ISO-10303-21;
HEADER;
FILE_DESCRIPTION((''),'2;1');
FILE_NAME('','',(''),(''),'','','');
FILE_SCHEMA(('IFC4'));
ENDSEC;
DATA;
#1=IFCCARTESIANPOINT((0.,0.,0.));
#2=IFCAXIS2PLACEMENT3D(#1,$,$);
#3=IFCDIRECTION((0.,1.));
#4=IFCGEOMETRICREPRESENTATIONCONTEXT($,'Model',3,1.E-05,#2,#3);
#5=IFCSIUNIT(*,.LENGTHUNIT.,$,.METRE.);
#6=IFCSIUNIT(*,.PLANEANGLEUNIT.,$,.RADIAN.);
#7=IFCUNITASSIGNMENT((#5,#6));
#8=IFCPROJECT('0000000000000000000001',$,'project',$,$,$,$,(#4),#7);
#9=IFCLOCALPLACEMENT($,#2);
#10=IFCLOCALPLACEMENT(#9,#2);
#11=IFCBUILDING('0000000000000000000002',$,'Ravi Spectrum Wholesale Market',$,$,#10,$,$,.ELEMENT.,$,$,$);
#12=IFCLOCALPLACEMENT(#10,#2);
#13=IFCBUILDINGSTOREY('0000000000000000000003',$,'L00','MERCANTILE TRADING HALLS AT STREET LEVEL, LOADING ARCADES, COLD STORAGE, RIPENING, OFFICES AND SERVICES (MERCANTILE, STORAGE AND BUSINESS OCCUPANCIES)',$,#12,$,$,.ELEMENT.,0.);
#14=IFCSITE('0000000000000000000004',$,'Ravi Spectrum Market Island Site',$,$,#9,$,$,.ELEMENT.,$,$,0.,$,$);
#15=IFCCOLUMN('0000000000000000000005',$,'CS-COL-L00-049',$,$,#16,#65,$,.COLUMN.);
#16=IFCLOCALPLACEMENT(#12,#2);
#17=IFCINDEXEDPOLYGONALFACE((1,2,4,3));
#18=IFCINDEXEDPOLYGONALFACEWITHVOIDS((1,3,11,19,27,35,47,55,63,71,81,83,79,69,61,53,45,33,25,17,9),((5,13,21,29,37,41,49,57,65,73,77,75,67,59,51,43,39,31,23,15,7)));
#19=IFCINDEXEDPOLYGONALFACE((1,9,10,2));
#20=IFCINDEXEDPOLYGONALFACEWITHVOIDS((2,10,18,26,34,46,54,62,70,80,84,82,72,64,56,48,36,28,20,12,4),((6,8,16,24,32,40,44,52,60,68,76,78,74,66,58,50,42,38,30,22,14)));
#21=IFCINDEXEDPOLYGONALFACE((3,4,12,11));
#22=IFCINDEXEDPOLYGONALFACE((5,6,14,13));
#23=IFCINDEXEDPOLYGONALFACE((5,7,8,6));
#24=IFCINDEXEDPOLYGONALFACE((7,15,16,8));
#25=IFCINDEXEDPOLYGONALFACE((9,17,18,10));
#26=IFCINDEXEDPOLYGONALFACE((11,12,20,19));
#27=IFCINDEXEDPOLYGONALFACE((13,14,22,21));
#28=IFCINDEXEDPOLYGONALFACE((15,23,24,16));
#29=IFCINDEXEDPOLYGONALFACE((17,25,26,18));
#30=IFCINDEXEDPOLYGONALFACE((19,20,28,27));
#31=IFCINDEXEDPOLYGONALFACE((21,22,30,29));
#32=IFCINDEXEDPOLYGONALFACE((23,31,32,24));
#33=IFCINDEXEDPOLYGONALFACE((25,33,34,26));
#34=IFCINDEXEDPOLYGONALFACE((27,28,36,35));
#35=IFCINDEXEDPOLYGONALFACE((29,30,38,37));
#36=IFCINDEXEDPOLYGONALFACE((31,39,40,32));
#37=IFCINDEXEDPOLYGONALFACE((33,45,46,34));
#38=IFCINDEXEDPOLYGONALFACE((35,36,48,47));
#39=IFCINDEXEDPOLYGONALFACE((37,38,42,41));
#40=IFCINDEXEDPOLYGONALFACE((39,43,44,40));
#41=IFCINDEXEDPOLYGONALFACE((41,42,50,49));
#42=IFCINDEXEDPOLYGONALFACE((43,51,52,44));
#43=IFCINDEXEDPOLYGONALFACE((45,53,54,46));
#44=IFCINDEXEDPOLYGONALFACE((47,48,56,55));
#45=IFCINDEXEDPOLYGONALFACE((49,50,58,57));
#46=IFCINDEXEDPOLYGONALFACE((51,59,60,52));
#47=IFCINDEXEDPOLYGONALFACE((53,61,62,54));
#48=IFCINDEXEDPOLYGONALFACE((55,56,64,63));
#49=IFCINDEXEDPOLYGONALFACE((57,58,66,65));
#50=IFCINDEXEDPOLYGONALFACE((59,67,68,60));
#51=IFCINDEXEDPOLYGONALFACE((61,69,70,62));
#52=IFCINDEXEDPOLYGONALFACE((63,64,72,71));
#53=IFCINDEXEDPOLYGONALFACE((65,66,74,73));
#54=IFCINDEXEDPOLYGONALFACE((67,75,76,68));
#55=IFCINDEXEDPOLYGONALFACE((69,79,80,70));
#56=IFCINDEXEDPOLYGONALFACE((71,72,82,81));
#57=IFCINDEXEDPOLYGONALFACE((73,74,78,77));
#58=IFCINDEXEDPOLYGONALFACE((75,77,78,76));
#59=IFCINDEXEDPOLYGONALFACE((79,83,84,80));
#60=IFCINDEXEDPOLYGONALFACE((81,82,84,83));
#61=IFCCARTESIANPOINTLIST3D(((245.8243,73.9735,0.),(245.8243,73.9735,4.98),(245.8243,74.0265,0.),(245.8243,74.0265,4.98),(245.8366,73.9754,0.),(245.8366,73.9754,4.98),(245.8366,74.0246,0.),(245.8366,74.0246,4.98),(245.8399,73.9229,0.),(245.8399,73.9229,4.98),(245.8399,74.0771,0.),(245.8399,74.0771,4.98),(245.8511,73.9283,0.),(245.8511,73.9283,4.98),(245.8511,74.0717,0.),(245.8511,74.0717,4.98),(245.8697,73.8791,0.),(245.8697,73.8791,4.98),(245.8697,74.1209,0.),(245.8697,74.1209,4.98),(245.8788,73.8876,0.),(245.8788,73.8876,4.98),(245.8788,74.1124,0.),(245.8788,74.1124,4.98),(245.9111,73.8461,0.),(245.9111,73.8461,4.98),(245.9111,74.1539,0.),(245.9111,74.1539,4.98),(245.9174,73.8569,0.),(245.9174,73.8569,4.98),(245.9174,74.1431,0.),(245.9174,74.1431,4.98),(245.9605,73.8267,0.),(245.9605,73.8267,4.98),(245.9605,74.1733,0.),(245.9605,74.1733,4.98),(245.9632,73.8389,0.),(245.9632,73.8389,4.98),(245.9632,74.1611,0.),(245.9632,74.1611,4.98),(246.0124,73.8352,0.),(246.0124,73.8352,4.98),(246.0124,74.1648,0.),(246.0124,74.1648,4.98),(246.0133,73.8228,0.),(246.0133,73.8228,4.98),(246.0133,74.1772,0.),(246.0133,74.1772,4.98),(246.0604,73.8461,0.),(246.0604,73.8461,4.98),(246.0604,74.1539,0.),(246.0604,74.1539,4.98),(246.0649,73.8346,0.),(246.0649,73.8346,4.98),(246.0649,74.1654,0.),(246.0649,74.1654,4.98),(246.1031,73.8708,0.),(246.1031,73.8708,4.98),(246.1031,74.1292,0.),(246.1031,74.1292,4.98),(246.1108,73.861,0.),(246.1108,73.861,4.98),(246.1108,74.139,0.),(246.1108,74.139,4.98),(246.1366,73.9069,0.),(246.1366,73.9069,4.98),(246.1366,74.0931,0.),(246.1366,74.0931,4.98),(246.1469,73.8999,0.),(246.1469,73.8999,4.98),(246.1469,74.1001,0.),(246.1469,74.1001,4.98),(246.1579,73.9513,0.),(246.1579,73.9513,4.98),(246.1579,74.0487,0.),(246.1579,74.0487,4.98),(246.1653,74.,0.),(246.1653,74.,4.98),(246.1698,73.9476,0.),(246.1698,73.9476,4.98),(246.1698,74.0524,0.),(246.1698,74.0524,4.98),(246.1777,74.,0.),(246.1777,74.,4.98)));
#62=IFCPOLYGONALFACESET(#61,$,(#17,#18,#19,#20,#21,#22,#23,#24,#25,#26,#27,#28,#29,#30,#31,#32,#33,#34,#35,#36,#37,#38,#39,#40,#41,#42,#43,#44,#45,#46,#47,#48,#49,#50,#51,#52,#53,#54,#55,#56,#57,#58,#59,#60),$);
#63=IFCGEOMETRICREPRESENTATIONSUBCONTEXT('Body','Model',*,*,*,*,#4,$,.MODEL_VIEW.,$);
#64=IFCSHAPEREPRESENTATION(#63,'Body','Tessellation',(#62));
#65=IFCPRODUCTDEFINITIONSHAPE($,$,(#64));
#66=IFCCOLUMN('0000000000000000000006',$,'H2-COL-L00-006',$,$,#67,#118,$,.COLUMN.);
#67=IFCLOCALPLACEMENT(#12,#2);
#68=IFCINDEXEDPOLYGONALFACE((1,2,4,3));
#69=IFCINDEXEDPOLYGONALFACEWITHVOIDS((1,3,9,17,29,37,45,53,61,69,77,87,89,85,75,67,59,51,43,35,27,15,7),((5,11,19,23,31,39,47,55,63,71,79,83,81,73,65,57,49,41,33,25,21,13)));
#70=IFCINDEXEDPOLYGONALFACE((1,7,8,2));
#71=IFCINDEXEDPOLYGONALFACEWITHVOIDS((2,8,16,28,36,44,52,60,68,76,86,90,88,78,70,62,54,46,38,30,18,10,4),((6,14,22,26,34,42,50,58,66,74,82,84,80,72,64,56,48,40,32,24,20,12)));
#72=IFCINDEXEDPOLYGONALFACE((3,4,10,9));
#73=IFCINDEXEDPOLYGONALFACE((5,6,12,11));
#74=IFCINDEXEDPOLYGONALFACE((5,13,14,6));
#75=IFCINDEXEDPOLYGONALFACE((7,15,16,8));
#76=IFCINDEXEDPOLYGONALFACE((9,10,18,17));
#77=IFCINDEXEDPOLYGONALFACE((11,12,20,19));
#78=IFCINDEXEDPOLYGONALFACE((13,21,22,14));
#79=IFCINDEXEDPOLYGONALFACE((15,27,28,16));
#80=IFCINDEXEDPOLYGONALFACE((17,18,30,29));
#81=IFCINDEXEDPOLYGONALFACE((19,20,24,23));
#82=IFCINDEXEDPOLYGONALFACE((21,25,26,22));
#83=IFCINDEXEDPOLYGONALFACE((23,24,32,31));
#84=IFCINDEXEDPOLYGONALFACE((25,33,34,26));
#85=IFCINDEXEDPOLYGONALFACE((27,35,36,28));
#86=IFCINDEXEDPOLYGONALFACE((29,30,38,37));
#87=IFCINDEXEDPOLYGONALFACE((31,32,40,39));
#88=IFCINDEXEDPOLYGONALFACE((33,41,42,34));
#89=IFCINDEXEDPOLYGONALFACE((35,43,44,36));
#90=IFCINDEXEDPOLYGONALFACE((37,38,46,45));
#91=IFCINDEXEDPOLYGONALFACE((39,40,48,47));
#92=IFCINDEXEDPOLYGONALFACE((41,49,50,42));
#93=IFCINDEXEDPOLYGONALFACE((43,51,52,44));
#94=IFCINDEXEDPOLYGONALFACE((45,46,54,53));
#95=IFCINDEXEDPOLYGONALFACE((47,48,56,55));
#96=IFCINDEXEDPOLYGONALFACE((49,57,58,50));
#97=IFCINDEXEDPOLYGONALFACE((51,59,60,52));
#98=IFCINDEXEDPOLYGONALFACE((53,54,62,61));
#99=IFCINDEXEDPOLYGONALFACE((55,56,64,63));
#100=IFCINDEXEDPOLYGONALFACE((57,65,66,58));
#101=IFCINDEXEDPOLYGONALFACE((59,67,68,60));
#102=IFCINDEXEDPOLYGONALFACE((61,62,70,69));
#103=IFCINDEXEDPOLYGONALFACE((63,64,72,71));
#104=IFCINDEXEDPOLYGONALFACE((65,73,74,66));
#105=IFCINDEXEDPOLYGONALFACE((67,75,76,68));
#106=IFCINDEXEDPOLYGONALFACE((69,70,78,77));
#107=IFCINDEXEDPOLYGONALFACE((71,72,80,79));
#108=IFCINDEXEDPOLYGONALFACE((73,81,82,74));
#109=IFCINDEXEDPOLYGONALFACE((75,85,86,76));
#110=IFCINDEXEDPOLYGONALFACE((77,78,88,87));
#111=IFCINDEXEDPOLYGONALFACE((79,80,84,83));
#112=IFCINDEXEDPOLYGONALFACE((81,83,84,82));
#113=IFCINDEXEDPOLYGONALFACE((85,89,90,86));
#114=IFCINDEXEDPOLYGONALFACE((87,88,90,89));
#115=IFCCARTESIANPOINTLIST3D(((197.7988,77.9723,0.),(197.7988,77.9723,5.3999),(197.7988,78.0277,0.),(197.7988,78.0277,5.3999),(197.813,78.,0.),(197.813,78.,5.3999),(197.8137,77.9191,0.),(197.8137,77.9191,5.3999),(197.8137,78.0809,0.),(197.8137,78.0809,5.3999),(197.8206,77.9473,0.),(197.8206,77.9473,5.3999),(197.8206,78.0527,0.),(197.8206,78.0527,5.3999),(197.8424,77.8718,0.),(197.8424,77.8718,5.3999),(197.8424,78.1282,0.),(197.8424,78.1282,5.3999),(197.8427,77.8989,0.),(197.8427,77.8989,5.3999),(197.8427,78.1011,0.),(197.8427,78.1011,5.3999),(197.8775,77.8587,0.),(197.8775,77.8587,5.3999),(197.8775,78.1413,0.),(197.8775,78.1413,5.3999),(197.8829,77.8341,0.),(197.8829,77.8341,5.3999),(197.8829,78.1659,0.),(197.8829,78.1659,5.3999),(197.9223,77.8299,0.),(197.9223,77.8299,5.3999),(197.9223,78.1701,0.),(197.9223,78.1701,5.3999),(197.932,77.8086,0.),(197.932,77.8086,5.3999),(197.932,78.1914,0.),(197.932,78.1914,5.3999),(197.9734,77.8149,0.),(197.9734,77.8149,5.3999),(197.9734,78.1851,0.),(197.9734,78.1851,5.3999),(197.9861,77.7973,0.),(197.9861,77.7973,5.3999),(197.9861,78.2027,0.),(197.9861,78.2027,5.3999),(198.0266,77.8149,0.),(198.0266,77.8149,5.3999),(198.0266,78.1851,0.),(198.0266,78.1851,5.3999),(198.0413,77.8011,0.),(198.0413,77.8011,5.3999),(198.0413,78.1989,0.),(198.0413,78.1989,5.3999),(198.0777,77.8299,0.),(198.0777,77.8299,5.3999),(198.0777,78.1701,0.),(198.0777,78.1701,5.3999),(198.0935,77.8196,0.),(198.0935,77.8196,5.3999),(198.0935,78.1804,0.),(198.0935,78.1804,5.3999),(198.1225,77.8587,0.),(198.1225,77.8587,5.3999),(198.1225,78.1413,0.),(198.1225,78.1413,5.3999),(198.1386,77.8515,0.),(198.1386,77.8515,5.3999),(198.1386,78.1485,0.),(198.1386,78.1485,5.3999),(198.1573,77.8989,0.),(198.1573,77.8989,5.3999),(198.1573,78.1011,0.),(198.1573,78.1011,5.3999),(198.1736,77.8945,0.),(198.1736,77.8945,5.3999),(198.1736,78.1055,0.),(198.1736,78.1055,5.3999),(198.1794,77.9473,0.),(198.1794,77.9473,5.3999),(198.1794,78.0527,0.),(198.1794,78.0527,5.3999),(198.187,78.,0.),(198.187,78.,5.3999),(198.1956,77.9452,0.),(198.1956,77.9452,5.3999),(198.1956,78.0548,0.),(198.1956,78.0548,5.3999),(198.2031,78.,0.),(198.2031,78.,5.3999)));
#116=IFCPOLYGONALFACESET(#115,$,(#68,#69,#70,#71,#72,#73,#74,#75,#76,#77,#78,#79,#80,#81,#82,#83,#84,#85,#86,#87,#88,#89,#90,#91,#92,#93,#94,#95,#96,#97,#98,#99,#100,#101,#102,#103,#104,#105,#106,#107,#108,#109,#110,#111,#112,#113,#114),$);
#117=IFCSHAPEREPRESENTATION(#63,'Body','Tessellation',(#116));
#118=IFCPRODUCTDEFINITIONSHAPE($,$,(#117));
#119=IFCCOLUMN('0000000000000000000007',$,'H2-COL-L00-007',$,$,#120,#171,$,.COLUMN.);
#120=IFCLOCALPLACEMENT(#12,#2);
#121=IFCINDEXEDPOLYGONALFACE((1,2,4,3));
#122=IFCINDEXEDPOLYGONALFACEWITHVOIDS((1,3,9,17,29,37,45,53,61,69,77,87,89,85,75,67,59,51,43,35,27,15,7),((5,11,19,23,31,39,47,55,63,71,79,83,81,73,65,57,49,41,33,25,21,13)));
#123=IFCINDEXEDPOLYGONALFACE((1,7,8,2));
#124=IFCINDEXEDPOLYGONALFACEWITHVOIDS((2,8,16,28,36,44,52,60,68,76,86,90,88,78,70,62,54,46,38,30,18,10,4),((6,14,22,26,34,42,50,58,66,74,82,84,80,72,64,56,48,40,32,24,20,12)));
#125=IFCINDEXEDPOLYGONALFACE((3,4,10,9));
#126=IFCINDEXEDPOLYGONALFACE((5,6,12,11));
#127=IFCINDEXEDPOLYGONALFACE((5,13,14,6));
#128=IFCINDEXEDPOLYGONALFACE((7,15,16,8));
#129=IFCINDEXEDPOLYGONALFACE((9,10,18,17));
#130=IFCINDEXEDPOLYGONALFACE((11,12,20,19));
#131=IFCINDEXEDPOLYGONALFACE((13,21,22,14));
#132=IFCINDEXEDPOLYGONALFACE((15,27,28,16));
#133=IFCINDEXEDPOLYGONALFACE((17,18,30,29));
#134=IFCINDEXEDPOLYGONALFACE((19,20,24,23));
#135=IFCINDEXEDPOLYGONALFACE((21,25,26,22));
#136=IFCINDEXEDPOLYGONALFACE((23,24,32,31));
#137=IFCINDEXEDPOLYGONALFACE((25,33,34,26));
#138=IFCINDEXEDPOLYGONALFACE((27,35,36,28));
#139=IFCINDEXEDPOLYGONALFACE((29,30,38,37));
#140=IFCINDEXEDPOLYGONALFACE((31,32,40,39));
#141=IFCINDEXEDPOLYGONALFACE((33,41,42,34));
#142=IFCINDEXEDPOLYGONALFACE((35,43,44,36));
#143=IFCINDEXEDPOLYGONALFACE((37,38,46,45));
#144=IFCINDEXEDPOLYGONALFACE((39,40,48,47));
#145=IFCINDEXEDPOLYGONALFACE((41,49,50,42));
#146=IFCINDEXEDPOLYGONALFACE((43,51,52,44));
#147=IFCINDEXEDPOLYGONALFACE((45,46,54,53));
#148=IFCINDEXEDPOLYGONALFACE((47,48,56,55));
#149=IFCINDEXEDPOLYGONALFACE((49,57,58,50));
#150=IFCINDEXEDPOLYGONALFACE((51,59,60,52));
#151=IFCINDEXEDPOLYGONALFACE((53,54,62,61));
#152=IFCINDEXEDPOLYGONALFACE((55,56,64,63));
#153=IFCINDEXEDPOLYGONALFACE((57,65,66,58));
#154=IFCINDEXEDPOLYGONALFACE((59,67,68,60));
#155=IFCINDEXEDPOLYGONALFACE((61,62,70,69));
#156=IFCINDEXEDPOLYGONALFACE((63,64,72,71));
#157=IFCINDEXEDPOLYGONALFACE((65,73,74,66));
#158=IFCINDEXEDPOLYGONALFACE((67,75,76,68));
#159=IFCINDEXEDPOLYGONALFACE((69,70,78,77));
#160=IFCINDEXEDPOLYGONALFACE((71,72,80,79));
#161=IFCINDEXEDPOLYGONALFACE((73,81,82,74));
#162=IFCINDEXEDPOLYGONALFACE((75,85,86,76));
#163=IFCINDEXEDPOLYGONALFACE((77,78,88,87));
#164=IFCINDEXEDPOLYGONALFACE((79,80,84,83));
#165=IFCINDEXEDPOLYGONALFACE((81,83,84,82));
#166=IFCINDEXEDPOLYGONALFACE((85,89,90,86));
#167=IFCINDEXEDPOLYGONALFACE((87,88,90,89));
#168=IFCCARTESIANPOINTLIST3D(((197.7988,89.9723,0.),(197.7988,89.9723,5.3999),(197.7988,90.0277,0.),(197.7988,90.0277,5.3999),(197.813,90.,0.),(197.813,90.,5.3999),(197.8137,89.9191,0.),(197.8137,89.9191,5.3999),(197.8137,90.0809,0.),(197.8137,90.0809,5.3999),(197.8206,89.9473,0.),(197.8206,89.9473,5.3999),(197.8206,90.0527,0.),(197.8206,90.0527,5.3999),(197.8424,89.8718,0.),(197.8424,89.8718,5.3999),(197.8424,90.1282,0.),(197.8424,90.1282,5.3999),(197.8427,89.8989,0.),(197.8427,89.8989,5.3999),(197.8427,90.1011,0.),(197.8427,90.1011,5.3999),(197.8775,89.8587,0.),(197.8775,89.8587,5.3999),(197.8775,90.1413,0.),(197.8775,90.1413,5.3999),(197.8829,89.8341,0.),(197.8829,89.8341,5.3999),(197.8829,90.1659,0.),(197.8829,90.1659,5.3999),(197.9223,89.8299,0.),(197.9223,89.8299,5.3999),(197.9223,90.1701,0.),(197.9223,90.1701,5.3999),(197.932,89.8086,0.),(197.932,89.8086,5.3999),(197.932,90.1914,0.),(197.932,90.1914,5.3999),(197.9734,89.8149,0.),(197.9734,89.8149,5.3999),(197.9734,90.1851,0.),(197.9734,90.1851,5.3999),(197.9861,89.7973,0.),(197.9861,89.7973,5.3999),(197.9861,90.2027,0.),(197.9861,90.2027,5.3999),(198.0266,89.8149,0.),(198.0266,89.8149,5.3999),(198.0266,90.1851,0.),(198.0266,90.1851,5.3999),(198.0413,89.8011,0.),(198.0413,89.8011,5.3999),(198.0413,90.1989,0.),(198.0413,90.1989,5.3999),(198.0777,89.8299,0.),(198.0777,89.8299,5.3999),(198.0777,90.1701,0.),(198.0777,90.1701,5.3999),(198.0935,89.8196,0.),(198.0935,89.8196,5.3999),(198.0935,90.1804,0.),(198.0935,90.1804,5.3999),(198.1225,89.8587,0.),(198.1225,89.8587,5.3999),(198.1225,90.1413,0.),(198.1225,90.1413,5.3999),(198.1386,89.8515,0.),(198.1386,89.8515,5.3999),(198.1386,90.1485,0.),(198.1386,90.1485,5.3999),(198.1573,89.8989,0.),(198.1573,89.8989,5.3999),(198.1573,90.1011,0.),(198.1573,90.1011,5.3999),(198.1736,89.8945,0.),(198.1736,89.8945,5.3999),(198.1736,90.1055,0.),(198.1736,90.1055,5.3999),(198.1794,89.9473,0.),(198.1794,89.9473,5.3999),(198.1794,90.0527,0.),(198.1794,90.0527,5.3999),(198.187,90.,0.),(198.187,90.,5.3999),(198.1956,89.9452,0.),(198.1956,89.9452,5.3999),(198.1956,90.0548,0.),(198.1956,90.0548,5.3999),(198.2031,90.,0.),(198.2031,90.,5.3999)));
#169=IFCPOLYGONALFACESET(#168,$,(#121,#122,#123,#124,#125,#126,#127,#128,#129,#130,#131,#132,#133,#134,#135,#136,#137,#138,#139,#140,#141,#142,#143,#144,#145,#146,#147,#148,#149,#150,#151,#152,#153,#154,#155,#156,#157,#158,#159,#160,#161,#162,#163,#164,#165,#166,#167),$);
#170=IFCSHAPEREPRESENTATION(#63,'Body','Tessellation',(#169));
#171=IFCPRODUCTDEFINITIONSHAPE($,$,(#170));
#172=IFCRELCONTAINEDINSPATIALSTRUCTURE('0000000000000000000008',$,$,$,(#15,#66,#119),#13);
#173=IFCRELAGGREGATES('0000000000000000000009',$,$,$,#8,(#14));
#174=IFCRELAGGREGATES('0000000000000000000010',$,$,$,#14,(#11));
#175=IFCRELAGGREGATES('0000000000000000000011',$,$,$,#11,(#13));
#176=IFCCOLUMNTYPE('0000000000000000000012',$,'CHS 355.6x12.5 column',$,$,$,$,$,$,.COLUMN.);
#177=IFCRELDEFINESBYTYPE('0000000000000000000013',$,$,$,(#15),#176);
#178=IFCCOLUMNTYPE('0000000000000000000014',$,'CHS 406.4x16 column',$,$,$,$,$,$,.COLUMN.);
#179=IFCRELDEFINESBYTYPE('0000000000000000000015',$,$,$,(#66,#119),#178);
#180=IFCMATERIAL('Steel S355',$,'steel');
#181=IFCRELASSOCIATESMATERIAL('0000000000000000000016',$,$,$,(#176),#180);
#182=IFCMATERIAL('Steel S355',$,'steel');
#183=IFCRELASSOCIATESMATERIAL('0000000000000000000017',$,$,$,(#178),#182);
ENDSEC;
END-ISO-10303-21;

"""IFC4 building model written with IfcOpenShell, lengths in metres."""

from ifc_helpers import new_model, si_unit, direction, frame, origin, origin_2d, place, context, subcontext, project, spatial, hollow_circle, extrude, material, material_profile, profile_set, type_object, element, save


model = new_model("IFC4")

# Units and contexts
model_context = context("Model", 3, precision=1e-05, world=origin(), true_north=direction((0.0, 1.0)))
body_context = subcontext(model_context, "Body", "Model", "MODEL_VIEW")
ifc_project = project(units=[si_unit("LENGTHUNIT", "METRE"), si_unit("PLANEANGLEUNIT", "RADIAN")], contexts=[model_context])

# Site, building, storey
site_placement = place(None, origin())
site = spatial("IfcSite", under=ifc_project, at=site_placement, Name="Ravi Spectrum Market Island Site", CompositionType="ELEMENT", RefElevation=0.0)
building_placement = place(site_placement, origin())
building = spatial("IfcBuilding", under=site, at=building_placement, Name="Ravi Spectrum Wholesale Market", CompositionType="ELEMENT")
storey_placement = place(building_placement, origin())
storey = spatial("IfcBuildingStorey", under=building, at=storey_placement, Name="L00", Description="MERCANTILE TRADING HALLS AT STREET LEVEL, LOADING ARCADES, COLD STORAGE, RIPENING, OFFICES AND SERVICES (MERCANTILE, STORAGE AND BUSINESS OCCUPANCIES)", CompositionType="ELEMENT", Elevation=0.0)

# Columns
ifc_material_1 = material(Name="Steel S355", Category="steel")
ifc_material_profile_1 = material_profile(ifc_material_1, hollow_circle(Radius=0.1777, WallThickness=0.0125, at=origin_2d()))
ifc_profile_set_1 = profile_set([ifc_material_profile_1], Name="Steel S355")
column_type_1 = type_object("IfcColumnType", Name="CHS 355.6x12.5 column", PredefinedType="COLUMN", material=ifc_profile_set_1)
column_placement = place(storey_placement, frame((246.0, 74.0, 0.0), z_axis=(0.0, 0.0, 1.0), x_axis=(1.0, 0.0, 0.0)))
element("IfcColumn", 1, at=column_placement, inside=storey, type_object=column_type_1, Name="CS-COL-L00-049", PredefinedType="COLUMN", context=body_context, shape_type="SweptSolid", body=[
    extrude(hollow_circle(Radius=0.1777, WallThickness=0.0125, at=origin_2d()), origin(), (0.0, 0.0, 1.0), 4.98),
])
ifc_material_2 = material(Name="Steel S355", Category="steel")
ifc_material_profile_2 = material_profile(ifc_material_2, hollow_circle(Radius=0.2031, WallThickness=0.0161, at=origin_2d()))
ifc_profile_set_2 = profile_set([ifc_material_profile_2], Name="Steel S355")
column_type_2 = type_object("IfcColumnType", Name="CHS 406.4x16 column", PredefinedType="COLUMN", material=ifc_profile_set_2)
for number, where, z_axis, x_axis, name in (
    (2, (198.0, 78.0, 0.0), (0.0, 0.0, 1.0), (1.0, 0.0, 0.0), "H2-COL-L00-006"),
    (3, (198.0, 90.0, 0.0), (0.0, 0.0, 1.0), (1.0, 0.0, 0.0), "H2-COL-L00-007"),
):
    element("IfcColumn", number, at=place(storey_placement, frame(where, z_axis=z_axis, x_axis=x_axis)), inside=storey, type_object=column_type_2, Name=name, PredefinedType="COLUMN", context=body_context, shape_type="SweptSolid", body=[
        extrude(hollow_circle(Radius=0.2031, WallThickness=0.0161, at=origin_2d()), origin(), (0.0, 0.0, 1.0), 5.3999),
    ])

save(model, "model.ifc")
